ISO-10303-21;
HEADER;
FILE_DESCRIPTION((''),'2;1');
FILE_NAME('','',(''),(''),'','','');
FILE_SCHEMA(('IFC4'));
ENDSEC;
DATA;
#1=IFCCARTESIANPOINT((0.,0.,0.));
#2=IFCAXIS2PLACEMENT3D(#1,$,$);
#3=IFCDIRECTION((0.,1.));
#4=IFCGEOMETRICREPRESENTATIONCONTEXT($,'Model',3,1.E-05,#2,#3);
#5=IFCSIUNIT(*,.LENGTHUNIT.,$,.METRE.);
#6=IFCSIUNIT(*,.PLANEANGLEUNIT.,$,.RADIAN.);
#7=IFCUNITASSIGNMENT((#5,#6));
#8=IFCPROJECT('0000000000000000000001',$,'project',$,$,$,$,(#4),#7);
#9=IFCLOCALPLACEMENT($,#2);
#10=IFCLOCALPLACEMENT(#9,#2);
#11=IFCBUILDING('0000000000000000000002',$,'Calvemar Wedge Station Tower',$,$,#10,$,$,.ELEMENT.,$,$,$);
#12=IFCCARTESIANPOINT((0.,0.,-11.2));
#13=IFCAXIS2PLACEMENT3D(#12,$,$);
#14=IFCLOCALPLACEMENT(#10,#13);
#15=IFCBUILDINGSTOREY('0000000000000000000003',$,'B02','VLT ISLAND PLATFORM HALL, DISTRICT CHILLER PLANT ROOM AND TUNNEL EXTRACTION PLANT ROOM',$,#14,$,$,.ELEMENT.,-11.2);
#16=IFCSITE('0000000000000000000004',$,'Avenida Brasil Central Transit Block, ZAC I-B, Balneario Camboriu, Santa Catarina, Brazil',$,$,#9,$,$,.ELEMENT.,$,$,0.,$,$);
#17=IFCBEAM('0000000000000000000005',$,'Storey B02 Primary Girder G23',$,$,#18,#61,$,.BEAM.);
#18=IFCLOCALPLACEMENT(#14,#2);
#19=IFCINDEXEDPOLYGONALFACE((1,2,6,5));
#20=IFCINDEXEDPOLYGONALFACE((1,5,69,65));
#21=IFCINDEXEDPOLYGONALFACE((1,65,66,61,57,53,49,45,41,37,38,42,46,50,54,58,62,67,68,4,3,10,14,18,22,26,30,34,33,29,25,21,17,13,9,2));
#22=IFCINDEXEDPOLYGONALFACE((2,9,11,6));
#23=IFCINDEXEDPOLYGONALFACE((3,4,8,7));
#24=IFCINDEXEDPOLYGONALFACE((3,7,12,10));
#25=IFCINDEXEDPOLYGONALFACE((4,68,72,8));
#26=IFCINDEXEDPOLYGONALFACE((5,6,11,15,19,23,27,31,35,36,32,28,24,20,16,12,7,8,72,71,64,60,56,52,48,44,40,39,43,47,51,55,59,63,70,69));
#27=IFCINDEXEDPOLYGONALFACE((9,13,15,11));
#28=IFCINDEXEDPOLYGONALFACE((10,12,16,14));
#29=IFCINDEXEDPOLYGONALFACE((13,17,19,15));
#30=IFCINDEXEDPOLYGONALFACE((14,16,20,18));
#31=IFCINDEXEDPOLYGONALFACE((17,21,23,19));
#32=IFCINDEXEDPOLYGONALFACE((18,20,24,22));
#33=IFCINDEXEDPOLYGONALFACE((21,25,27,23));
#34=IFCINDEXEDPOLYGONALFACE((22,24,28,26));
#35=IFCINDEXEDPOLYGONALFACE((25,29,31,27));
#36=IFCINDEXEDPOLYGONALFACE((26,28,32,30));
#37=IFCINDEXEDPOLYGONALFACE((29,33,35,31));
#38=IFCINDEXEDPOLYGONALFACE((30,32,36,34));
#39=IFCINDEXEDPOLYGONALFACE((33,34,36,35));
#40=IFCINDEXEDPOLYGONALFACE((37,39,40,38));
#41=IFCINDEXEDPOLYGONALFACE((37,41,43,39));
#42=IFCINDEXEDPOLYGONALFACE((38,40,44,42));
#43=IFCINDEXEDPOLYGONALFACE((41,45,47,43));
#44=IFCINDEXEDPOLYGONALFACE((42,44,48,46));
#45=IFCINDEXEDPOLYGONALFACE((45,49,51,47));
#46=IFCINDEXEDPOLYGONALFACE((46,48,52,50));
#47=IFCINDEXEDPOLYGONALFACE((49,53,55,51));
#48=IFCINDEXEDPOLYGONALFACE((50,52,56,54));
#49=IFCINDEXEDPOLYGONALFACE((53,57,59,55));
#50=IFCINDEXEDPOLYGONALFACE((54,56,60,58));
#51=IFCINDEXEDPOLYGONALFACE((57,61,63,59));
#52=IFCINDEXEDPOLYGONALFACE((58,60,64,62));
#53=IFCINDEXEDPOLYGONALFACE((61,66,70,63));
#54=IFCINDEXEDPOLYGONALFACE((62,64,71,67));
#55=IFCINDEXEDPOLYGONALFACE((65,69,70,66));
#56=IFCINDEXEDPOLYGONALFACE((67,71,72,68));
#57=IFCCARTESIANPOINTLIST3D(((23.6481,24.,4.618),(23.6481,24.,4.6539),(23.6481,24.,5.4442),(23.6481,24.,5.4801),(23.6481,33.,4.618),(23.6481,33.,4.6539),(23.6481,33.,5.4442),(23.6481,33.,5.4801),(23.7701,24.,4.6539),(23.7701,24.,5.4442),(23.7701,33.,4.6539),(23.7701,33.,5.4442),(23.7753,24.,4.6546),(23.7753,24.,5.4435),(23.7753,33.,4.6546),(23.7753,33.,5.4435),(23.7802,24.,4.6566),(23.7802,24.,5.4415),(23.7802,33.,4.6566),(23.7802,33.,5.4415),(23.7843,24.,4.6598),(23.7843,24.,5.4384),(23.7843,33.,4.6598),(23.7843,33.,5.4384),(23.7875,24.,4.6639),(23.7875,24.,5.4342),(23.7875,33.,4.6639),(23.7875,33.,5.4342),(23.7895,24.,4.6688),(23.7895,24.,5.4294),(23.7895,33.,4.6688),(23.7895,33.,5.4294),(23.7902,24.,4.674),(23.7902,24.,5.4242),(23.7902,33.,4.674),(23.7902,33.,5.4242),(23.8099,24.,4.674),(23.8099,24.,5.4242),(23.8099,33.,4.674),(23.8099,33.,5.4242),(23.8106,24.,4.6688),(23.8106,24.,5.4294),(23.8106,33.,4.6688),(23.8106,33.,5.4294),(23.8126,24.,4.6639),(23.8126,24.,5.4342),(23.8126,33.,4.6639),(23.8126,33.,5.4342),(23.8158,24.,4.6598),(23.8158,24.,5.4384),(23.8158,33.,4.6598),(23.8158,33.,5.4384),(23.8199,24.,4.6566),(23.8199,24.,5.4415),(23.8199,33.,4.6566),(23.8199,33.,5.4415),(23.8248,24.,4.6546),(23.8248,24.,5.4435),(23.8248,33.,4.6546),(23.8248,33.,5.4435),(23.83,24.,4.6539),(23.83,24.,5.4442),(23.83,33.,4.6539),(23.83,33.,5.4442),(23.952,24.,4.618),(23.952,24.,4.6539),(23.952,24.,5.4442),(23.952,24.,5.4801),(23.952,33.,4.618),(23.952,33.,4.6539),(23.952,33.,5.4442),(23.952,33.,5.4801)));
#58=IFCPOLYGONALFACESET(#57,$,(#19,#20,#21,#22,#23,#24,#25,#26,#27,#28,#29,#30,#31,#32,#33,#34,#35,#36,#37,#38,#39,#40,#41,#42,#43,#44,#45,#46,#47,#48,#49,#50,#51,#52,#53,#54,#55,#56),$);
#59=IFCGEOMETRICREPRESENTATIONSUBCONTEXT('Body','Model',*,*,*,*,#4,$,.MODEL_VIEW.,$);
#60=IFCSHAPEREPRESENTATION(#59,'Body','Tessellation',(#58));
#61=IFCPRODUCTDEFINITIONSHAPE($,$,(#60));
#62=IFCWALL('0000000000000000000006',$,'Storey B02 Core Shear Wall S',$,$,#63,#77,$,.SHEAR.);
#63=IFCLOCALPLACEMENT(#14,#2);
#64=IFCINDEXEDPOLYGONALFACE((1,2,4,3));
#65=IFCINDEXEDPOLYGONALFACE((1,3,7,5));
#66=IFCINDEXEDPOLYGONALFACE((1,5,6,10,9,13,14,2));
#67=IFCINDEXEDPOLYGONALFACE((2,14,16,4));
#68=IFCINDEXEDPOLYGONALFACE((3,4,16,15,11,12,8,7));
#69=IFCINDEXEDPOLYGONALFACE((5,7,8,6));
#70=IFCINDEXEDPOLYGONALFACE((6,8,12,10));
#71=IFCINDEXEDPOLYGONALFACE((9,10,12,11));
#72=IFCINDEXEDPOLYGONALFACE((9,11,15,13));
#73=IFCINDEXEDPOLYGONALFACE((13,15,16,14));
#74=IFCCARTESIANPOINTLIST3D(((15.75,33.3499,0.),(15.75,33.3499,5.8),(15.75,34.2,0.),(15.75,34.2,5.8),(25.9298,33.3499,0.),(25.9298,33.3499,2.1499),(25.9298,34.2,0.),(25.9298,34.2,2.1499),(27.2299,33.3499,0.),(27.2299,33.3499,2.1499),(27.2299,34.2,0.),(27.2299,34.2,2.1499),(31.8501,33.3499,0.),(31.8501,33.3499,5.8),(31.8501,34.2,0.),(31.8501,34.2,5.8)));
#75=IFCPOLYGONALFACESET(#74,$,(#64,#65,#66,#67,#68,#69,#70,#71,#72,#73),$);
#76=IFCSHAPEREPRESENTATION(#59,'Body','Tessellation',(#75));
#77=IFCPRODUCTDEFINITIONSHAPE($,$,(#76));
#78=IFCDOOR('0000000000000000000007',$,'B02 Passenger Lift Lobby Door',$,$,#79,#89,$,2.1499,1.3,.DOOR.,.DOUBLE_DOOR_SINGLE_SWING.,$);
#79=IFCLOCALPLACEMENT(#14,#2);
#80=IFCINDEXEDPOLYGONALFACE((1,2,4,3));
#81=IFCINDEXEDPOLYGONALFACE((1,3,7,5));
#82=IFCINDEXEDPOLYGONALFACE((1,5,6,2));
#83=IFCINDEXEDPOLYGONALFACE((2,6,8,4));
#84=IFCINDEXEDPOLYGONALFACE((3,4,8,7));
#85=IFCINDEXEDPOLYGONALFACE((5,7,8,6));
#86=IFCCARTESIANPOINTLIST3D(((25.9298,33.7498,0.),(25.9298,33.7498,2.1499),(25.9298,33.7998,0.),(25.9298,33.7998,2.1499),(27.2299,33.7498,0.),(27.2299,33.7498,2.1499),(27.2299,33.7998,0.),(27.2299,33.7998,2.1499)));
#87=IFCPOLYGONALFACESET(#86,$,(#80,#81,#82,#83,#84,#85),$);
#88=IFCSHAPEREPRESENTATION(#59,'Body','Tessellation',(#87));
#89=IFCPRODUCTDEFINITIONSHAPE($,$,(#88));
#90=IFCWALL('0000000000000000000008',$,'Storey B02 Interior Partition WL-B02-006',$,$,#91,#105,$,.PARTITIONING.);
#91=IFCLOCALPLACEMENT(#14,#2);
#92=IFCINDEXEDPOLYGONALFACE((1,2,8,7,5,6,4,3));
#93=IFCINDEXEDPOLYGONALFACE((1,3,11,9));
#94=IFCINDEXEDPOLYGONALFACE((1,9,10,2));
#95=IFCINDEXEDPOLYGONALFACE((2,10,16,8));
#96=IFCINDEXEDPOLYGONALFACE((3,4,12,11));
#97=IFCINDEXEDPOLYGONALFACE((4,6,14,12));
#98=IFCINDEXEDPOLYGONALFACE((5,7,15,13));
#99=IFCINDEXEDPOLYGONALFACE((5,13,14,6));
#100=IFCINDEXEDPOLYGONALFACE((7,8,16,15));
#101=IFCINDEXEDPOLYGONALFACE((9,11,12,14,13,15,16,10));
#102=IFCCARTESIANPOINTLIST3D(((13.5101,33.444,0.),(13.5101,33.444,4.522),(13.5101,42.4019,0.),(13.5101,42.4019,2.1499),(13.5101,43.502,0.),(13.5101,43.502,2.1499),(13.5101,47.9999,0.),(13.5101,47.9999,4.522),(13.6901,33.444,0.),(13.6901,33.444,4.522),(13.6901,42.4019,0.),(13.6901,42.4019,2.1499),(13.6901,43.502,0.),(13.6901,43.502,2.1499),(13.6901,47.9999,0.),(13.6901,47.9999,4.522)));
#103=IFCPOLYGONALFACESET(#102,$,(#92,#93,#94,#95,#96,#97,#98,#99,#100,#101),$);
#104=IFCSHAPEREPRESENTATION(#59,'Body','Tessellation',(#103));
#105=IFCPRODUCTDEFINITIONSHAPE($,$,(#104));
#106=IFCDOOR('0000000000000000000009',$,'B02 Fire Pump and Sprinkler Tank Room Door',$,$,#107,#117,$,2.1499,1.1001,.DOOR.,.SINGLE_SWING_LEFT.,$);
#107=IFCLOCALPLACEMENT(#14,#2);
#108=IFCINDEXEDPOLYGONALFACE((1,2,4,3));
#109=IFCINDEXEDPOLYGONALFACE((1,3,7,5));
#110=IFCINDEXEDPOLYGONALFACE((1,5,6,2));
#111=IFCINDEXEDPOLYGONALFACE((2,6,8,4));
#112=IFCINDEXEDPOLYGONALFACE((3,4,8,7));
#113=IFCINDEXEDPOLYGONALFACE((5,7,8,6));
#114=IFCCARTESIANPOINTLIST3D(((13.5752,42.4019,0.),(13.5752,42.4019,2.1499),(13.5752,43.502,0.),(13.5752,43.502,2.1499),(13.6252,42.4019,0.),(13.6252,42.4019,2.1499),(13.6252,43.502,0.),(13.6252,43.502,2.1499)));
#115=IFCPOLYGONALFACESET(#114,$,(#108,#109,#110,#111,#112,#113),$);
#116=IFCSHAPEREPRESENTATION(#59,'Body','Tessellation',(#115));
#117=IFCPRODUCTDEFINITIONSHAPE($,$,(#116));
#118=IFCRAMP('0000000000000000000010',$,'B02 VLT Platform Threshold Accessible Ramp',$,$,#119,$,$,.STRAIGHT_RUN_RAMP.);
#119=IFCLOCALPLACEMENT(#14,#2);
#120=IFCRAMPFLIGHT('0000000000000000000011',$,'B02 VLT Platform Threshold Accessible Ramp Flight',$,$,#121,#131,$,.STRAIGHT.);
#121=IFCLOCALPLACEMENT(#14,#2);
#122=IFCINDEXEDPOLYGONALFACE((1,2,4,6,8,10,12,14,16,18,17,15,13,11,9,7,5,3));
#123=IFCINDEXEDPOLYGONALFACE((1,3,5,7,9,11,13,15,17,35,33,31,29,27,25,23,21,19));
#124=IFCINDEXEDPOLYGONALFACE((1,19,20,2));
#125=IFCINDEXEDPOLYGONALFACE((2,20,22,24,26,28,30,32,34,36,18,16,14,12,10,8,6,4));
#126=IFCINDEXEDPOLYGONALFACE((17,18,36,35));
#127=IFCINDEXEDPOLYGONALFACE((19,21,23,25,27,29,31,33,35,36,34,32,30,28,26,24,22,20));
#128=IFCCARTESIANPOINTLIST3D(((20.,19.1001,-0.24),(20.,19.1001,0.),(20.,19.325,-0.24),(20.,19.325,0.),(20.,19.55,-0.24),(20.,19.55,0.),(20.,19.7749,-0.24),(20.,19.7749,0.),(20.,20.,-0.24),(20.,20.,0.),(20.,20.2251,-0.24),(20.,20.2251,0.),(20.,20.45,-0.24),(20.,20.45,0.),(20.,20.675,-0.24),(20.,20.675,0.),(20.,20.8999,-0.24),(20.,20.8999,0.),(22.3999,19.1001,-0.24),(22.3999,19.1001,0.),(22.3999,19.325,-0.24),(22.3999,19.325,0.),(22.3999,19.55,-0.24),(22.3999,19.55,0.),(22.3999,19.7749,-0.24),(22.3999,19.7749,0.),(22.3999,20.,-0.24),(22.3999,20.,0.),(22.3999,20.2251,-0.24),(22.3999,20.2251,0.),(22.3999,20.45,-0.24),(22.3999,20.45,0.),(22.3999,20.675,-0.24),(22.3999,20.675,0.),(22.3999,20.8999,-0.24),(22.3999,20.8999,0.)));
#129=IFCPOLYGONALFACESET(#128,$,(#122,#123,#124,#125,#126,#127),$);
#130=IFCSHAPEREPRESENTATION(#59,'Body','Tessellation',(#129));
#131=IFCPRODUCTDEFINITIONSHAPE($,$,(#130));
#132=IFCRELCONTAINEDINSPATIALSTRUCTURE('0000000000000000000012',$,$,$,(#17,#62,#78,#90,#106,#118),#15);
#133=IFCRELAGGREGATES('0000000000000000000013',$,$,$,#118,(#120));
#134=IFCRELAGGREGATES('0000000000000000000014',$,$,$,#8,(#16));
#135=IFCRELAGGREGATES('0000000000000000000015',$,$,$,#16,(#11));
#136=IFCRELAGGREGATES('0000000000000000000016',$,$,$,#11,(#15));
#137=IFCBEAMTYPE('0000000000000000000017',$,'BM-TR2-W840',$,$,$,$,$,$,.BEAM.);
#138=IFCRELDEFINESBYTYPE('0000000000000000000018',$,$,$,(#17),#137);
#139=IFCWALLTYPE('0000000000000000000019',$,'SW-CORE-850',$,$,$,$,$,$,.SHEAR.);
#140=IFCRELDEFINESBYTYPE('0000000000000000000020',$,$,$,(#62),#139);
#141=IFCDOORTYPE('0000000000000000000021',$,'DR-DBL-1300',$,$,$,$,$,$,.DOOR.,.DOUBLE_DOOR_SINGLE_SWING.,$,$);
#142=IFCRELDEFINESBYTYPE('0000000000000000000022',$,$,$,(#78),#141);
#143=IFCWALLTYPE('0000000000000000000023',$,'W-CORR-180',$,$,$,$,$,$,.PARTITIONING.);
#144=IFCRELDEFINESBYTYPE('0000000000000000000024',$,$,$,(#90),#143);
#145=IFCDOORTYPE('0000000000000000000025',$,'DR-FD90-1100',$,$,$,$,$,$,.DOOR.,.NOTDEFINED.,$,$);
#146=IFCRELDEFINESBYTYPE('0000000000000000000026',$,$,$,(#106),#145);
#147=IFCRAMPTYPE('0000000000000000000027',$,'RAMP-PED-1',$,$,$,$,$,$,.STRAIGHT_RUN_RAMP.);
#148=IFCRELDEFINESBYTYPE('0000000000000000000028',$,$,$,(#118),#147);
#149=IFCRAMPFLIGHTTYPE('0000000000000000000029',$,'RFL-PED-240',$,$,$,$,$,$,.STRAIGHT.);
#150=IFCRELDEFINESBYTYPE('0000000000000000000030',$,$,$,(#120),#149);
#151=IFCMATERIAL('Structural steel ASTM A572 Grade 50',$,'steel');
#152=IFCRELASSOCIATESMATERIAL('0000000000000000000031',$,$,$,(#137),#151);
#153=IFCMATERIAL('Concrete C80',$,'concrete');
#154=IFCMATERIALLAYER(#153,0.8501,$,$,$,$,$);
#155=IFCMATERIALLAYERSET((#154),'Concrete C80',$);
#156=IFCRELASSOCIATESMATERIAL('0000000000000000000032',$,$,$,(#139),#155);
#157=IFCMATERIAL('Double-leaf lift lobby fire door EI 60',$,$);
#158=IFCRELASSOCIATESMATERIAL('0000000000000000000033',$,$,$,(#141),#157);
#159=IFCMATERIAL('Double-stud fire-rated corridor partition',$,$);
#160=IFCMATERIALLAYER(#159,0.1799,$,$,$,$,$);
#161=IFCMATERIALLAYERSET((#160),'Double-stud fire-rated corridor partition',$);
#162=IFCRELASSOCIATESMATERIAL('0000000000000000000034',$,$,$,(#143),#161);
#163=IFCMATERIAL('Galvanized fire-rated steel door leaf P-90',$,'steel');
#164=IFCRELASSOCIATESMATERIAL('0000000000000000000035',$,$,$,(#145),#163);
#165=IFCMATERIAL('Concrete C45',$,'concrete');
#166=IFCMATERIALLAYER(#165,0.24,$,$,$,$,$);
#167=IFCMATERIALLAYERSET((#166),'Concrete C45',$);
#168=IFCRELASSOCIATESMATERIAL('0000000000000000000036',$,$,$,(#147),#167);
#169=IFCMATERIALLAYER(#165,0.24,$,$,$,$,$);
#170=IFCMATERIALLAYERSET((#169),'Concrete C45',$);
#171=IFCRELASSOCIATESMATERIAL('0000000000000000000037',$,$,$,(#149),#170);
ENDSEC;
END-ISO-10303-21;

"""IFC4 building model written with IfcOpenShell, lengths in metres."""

from ifc_helpers import new_model, si_unit, direction, frame, frame_2d, origin, origin_2d, place, context, subcontext, project, spatial, polyline, rectangle, i_section, outline, extrude, source, transform, mapped, material, layer, layer_set, material_profile, profile_set, type_object, element, fill, aggregate, save


model = new_model("IFC4")

# Units and contexts
model_context = context("Model", 3, precision=1e-05, world=origin(), true_north=direction((0.0, 1.0)))
body_context = subcontext(model_context, "Body", "Model", "MODEL_VIEW")
ifc_project = project(units=[si_unit("LENGTHUNIT", "METRE"), si_unit("PLANEANGLEUNIT", "RADIAN")], contexts=[model_context])

# Site, building, storey
site_placement = place(None, origin())
site = spatial("IfcSite", under=ifc_project, at=site_placement, Name="Avenida Brasil Central Transit Block, ZAC I-B, Balneario Camboriu, Santa Catarina, Brazil", CompositionType="ELEMENT", RefElevation=0.0)
building_placement = place(site_placement, origin())
building = spatial("IfcBuilding", under=site, at=building_placement, Name="Calvemar Wedge Station Tower", CompositionType="ELEMENT")
storey_placement = place(building_placement, frame((0.0, 0.0, -11.2)))
storey = spatial("IfcBuildingStorey", under=building, at=storey_placement, Name="B02", Description="VLT ISLAND PLATFORM HALL, DISTRICT CHILLER PLANT ROOM AND TUNNEL EXTRACTION PLANT ROOM", CompositionType="ELEMENT", Elevation=-11.2)

# Shared definitions
ifc_material_1 = material(Name="Concrete C45", Category="concrete")

# Shared definitions
ifc_material_2 = material(Name="Concrete C80", Category="concrete")

# Beam
ifc_material_3 = material(Name="Structural steel ASTM A572 Grade 50", Category="steel")
ifc_material_profile_1 = material_profile(ifc_material_3, i_section(OverallWidth=0.304, OverallDepth=0.8621, WebThickness=0.0198, FlangeThickness=0.0359, FilletRadius=0.02, at=origin_2d()), Name="W840x329")
ifc_profile_set_1 = profile_set([ifc_material_profile_1], Name="Structural steel ASTM A572 Grade 50")
beam_type_1 = type_object("IfcBeamType", Name="BM-TR2-W840", PredefinedType="BEAM", material=ifc_profile_set_1)
shared_shape_1 = source(origin(), body_context, "Body", "SweptSolid", [
    extrude(i_section(OverallWidth=0.304, OverallDepth=0.8621, WebThickness=0.0198, FlangeThickness=0.0359, FilletRadius=0.02, at=origin_2d()), origin(), (0.0, 0.0, 1.0), 9.0),
])
beam_1_placement = place(storey_placement, frame((23.8, 24.0, 5.0491), z_axis=(0.0, 1.0, 0.0), x_axis=(-1.0, 0.0, 0.0)))
element("IfcBeam", 1, at=beam_1_placement, inside=storey, type_object=beam_type_1, Name="Storey B02 Primary Girder G23", PredefinedType="BEAM", context=body_context, shape_type="MappedRepresentation", body=[
    mapped(shared_shape_1, transform((0.0, 0.0, 0.0), scale=1.0)),
])

# Walls, openings, doors
ifc_layer_1 = layer(ifc_material_2, 0.8501)
ifc_layer_set_1 = layer_set([ifc_layer_1], Name="Concrete C80")
wall_type_1 = type_object("IfcWallType", Name="SW-CORE-850", PredefinedType="SHEAR", material=ifc_layer_set_1)
wall_1_placement = place(storey_placement, frame((15.75, 33.7749, 0.0), z_axis=(0.0, 0.0, 1.0), x_axis=(1.0, 0.0, 0.0)))
wall_1 = element("IfcWall", 2, at=wall_1_placement, inside=storey, type_object=wall_type_1, Name="Storey B02 Core Shear Wall S", PredefinedType="SHEAR", context=body_context, shape_type="SweptSolid", body=[
    extrude(rectangle(XDim=16.1001, YDim=0.8501, at=frame_2d((8.05, 0.0))), origin(), (0.0, 0.0, 1.0), 5.8),
])
shared_shape_2 = source(origin(), body_context, "Body", "SweptSolid", [
    extrude(rectangle(XDim=1.3, YDim=2.1499, at=frame_2d((0.6499, 1.075))), frame((0.0, 0.4351, 0.0), z_axis=(0.0, -1.0, 0.0), x_axis=(1.0, 0.0, 0.0)), (0.0, 0.0, 1.0), 0.8701),
])
opening_1_placement = place(wall_1_placement, frame((10.1799, 0.0, 0.0)))
opening_1 = element("IfcOpeningElement", 3, at=opening_1_placement, cuts=wall_1, PredefinedType="OPENING", context=body_context, shape_type="MappedRepresentation", body=[
    mapped(shared_shape_2, transform((0.0, 0.0, 0.0), scale=1.0)),
])
ifc_material_4 = material(Name="Double-leaf lift lobby fire door EI 60")
door_type_1 = type_object("IfcDoorType", Name="DR-DBL-1300", OperationType="DOUBLE_DOOR_SINGLE_SWING", PredefinedType="DOOR", material=ifc_material_4)
shared_shape_3 = source(origin(), body_context, "Body", "SweptSolid", [
    extrude(rectangle(XDim=1.3, YDim=2.1499, at=frame_2d((0.6499, 1.075))), frame((0.0, 0.0249, 0.0), z_axis=(0.0, -1.0, 0.0), x_axis=(1.0, 0.0, 0.0)), (0.0, 0.0, 1.0), 0.05),
])
door_1_placement = place(opening_1_placement, origin())
door_1 = element("IfcDoor", 4, at=door_1_placement, inside=storey, type_object=door_type_1, Name="B02 Passenger Lift Lobby Door", OperationType="DOUBLE_DOOR_SINGLE_SWING", OverallHeight=2.1499, OverallWidth=1.3, PredefinedType="DOOR", context=body_context, shape_type="MappedRepresentation", body=[
    mapped(shared_shape_3, transform((0.0, 0.0, 0.0), scale=1.0)),
])
fill(opening_1, door_1)
ifc_material_5 = material(Name="Double-stud fire-rated corridor partition")
ifc_layer_2 = layer(ifc_material_5, 0.1799)
ifc_layer_set_2 = layer_set([ifc_layer_2], Name="Double-stud fire-rated corridor partition")
wall_type_2 = type_object("IfcWallType", Name="W-CORR-180", PredefinedType="PARTITIONING", material=ifc_layer_set_2)
wall_2_placement = place(storey_placement, frame((13.6001, 33.4441, 0.0), z_axis=(0.0, 0.0, 1.0), x_axis=(0.0, 1.0, 0.0)))
wall_2 = element("IfcWall", 5, at=wall_2_placement, inside=storey, type_object=wall_type_2, Name="Storey B02 Interior Partition WL-B02-006", PredefinedType="PARTITIONING", context=body_context, shape_type="SweptSolid", body=[
    extrude(rectangle(XDim=14.5559, YDim=0.1799, at=frame_2d((7.2778, 0.0))), origin(), (0.0, 0.0, 1.0), 4.522),
])
shared_shape_4 = source(origin(), body_context, "Body", "SweptSolid", [
    extrude(rectangle(XDim=1.1001, YDim=2.1499, at=frame_2d((0.55, 1.075))), frame((0.0, 0.1001, 0.0), z_axis=(0.0, -1.0, 0.0), x_axis=(1.0, 0.0, 0.0)), (0.0, 0.0, 1.0), 0.2),
])
opening_2_placement = place(wall_2_placement, frame((8.9578, 0.0, 0.0)))
opening_2 = element("IfcOpeningElement", 6, at=opening_2_placement, cuts=wall_2, PredefinedType="OPENING", context=body_context, shape_type="MappedRepresentation", body=[
    mapped(shared_shape_4, transform((0.0, 0.0, 0.0), scale=1.0)),
])
ifc_material_6 = material(Name="Galvanized fire-rated steel door leaf P-90", Category="steel")
door_type_2 = type_object("IfcDoorType", Name="DR-FD90-1100", OperationType="NOTDEFINED", PredefinedType="DOOR", material=ifc_material_6)
shared_shape_5 = source(origin(), body_context, "Body", "SweptSolid", [
    extrude(rectangle(XDim=1.1001, YDim=2.1499, at=frame_2d((0.55, 1.075))), frame((0.0, 0.0249, 0.0), z_axis=(0.0, -1.0, 0.0), x_axis=(1.0, 0.0, 0.0)), (0.0, 0.0, 1.0), 0.05),
])
door_2_placement = place(opening_2_placement, origin())
door_2 = element("IfcDoor", 7, at=door_2_placement, inside=storey, type_object=door_type_2, Name="B02 Fire Pump and Sprinkler Tank Room Door", OperationType="SINGLE_SWING_LEFT", OverallHeight=2.1499, OverallWidth=1.1001, PredefinedType="DOOR", context=body_context, shape_type="MappedRepresentation", body=[
    mapped(shared_shape_5, transform((0.0, 0.0, 0.0), scale=1.0)),
])
fill(opening_2, door_2)

# Ramp, ramp flight
ifc_layer_3 = layer(ifc_material_1, 0.24)
ifc_layer_set_3 = layer_set([ifc_layer_3], Name="Concrete C45")
ramp_type = type_object("IfcRampType", Name="RAMP-PED-1", PredefinedType="STRAIGHT_RUN_RAMP", material=ifc_layer_set_3)
ramp_placement = place(storey_placement, origin())
ramp = element("IfcRamp", 8, at=ramp_placement, inside=storey, type_object=ramp_type, Name="B02 VLT Platform Threshold Accessible Ramp", PredefinedType="STRAIGHT_RUN_RAMP")
ifc_layer_4 = layer(ifc_material_1, 0.24)
ifc_layer_set_4 = layer_set([ifc_layer_4], Name="Concrete C45")
ramp_flight_type = type_object("IfcRampFlightType", Name="RFL-PED-240", PredefinedType="STRAIGHT", material=ifc_layer_set_4)
ramp_flight_placement = place(storey_placement, frame((20.0, 19.1001, 0.0), z_axis=(0.0, 0.0, 1.0), x_axis=(1.0, 0.0, 0.0)))
ramp_flight = element("IfcRampFlight", 9, at=ramp_flight_placement, type_object=ramp_flight_type, Name="B02 VLT Platform Threshold Accessible Ramp Flight", PredefinedType="STRAIGHT", context=body_context, shape_type="SweptSolid", body=[
    extrude(outline(polyline([(0.0, 0.0), (2.3999, 0.0), (2.3999, 0.2249), (2.3999, 0.45), (2.3999, 0.6748), (2.3999, 0.8999), (2.3999, 1.125), (2.3999, 1.3499), (2.3999, 1.575), (2.3999, 1.7998), (0.0, 1.7998), (0.0, 1.575), (0.0, 1.3499), (0.0, 1.125), (0.0, 0.8999), (0.0, 0.6748), (0.0, 0.45), (0.0, 0.2249), (0.0, 0.0)])), origin(), (0.0, 0.0, -1.0), 0.24),
])
aggregate(ramp, [ramp_flight])

save(model, "model.ifc")
